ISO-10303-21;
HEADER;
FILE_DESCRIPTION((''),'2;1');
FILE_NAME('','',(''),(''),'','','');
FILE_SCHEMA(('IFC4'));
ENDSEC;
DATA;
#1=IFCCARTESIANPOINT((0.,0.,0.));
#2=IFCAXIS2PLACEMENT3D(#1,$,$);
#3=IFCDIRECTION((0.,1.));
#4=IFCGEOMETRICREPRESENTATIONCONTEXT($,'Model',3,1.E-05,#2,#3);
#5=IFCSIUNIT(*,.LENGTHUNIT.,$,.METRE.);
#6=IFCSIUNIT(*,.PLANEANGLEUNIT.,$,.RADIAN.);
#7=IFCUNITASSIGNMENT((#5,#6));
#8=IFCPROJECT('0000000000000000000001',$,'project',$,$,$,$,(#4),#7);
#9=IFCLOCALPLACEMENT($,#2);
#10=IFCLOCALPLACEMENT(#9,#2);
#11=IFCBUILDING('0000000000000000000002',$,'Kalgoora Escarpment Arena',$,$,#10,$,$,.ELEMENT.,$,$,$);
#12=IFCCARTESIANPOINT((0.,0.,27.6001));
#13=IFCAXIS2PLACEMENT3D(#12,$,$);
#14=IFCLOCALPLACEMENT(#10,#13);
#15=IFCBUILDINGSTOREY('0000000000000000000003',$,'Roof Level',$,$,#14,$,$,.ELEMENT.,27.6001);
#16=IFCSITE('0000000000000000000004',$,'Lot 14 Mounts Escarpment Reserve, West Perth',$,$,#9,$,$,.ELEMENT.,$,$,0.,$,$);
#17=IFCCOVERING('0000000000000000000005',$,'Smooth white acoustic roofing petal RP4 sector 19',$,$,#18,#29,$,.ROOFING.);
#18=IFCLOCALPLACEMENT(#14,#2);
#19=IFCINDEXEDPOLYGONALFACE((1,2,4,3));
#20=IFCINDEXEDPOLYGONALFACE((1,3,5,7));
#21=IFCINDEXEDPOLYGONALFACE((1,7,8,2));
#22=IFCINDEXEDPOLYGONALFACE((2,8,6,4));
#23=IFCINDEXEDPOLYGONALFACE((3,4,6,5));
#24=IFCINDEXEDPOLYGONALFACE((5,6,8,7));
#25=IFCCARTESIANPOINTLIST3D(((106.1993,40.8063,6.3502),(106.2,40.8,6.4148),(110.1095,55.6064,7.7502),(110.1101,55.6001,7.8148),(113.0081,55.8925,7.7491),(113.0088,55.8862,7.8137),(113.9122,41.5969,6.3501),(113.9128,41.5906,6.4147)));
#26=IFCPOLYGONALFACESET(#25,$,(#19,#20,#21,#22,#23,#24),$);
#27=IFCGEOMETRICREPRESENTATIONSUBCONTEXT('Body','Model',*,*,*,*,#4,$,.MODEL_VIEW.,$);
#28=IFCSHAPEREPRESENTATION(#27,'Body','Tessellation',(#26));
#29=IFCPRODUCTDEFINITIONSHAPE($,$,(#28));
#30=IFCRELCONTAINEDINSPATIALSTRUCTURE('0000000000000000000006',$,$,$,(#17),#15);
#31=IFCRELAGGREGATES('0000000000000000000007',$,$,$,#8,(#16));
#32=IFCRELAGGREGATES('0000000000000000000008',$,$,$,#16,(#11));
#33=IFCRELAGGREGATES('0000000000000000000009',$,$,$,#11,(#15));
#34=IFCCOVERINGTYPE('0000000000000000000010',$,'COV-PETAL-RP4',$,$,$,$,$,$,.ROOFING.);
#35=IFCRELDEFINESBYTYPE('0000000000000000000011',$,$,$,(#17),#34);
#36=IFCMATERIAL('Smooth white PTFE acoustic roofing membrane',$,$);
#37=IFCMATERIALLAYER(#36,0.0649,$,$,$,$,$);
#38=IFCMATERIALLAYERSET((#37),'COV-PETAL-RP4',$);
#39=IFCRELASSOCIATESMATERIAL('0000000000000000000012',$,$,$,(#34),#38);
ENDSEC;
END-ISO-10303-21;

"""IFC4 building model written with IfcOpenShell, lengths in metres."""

from ifc_helpers import new_model, si_unit, direction, frame, origin, place, context, subcontext, project, spatial, polyline, outline, extrude, material, layer, layer_set, type_object, element, save


model = new_model("IFC4")

# Units and contexts
model_context = context("Model", 3, precision=1e-05, world=origin(), true_north=direction((0.0, 1.0)))
body_context = subcontext(model_context, "Body", "Model", "MODEL_VIEW")
ifc_project = project(units=[si_unit("LENGTHUNIT", "METRE"), si_unit("PLANEANGLEUNIT", "RADIAN")], contexts=[model_context])

# Site, building, storey
site_placement = place(None, origin())
site = spatial("IfcSite", under=ifc_project, at=site_placement, Name="Lot 14 Mounts Escarpment Reserve, West Perth", CompositionType="ELEMENT", RefElevation=0.0)
building_placement = place(site_placement, origin())
building = spatial("IfcBuilding", under=site, at=building_placement, Name="Kalgoora Escarpment Arena", CompositionType="ELEMENT")
storey_placement = place(building_placement, frame((0.0, 0.0, 27.6001)))
storey = spatial("IfcBuildingStorey", under=building, at=storey_placement, Name="Roof Level", CompositionType="ELEMENT", Elevation=27.6001)

# Covering
ifc_material_1 = material(Name="Smooth white PTFE acoustic roofing membrane")
ifc_layer_1 = layer(ifc_material_1, 0.0649)
ifc_layer_set_1 = layer_set([ifc_layer_1], Name="COV-PETAL-RP4")
covering_type = type_object("IfcCoveringType", Name="COV-PETAL-RP4", PredefinedType="ROOFING", material=ifc_layer_set_1)
covering_1_placement = place(storey_placement, frame((106.2, 40.8, 6.4148), z_axis=(0.009933, -0.096772, 0.995257), x_axis=(0.994788, 0.101962, -0.000014)))
element("IfcCovering", 1, at=covering_1_placement, inside=storey, type_object=covering_type, Name="Smooth white acoustic roofing petal RP4 sector 19", PredefinedType="ROOFING", context=body_context, shape_type="SweptSolid", body=[
    extrude(outline(polyline([(0.0, 0.0), (7.7533, 0.0), (8.3115, 14.3815), (5.3988, 14.3925), (0.0, 0.0)])), origin(), (0.0, 0.0, -1.0), 0.0649),
])

save(model, "model.ifc")
